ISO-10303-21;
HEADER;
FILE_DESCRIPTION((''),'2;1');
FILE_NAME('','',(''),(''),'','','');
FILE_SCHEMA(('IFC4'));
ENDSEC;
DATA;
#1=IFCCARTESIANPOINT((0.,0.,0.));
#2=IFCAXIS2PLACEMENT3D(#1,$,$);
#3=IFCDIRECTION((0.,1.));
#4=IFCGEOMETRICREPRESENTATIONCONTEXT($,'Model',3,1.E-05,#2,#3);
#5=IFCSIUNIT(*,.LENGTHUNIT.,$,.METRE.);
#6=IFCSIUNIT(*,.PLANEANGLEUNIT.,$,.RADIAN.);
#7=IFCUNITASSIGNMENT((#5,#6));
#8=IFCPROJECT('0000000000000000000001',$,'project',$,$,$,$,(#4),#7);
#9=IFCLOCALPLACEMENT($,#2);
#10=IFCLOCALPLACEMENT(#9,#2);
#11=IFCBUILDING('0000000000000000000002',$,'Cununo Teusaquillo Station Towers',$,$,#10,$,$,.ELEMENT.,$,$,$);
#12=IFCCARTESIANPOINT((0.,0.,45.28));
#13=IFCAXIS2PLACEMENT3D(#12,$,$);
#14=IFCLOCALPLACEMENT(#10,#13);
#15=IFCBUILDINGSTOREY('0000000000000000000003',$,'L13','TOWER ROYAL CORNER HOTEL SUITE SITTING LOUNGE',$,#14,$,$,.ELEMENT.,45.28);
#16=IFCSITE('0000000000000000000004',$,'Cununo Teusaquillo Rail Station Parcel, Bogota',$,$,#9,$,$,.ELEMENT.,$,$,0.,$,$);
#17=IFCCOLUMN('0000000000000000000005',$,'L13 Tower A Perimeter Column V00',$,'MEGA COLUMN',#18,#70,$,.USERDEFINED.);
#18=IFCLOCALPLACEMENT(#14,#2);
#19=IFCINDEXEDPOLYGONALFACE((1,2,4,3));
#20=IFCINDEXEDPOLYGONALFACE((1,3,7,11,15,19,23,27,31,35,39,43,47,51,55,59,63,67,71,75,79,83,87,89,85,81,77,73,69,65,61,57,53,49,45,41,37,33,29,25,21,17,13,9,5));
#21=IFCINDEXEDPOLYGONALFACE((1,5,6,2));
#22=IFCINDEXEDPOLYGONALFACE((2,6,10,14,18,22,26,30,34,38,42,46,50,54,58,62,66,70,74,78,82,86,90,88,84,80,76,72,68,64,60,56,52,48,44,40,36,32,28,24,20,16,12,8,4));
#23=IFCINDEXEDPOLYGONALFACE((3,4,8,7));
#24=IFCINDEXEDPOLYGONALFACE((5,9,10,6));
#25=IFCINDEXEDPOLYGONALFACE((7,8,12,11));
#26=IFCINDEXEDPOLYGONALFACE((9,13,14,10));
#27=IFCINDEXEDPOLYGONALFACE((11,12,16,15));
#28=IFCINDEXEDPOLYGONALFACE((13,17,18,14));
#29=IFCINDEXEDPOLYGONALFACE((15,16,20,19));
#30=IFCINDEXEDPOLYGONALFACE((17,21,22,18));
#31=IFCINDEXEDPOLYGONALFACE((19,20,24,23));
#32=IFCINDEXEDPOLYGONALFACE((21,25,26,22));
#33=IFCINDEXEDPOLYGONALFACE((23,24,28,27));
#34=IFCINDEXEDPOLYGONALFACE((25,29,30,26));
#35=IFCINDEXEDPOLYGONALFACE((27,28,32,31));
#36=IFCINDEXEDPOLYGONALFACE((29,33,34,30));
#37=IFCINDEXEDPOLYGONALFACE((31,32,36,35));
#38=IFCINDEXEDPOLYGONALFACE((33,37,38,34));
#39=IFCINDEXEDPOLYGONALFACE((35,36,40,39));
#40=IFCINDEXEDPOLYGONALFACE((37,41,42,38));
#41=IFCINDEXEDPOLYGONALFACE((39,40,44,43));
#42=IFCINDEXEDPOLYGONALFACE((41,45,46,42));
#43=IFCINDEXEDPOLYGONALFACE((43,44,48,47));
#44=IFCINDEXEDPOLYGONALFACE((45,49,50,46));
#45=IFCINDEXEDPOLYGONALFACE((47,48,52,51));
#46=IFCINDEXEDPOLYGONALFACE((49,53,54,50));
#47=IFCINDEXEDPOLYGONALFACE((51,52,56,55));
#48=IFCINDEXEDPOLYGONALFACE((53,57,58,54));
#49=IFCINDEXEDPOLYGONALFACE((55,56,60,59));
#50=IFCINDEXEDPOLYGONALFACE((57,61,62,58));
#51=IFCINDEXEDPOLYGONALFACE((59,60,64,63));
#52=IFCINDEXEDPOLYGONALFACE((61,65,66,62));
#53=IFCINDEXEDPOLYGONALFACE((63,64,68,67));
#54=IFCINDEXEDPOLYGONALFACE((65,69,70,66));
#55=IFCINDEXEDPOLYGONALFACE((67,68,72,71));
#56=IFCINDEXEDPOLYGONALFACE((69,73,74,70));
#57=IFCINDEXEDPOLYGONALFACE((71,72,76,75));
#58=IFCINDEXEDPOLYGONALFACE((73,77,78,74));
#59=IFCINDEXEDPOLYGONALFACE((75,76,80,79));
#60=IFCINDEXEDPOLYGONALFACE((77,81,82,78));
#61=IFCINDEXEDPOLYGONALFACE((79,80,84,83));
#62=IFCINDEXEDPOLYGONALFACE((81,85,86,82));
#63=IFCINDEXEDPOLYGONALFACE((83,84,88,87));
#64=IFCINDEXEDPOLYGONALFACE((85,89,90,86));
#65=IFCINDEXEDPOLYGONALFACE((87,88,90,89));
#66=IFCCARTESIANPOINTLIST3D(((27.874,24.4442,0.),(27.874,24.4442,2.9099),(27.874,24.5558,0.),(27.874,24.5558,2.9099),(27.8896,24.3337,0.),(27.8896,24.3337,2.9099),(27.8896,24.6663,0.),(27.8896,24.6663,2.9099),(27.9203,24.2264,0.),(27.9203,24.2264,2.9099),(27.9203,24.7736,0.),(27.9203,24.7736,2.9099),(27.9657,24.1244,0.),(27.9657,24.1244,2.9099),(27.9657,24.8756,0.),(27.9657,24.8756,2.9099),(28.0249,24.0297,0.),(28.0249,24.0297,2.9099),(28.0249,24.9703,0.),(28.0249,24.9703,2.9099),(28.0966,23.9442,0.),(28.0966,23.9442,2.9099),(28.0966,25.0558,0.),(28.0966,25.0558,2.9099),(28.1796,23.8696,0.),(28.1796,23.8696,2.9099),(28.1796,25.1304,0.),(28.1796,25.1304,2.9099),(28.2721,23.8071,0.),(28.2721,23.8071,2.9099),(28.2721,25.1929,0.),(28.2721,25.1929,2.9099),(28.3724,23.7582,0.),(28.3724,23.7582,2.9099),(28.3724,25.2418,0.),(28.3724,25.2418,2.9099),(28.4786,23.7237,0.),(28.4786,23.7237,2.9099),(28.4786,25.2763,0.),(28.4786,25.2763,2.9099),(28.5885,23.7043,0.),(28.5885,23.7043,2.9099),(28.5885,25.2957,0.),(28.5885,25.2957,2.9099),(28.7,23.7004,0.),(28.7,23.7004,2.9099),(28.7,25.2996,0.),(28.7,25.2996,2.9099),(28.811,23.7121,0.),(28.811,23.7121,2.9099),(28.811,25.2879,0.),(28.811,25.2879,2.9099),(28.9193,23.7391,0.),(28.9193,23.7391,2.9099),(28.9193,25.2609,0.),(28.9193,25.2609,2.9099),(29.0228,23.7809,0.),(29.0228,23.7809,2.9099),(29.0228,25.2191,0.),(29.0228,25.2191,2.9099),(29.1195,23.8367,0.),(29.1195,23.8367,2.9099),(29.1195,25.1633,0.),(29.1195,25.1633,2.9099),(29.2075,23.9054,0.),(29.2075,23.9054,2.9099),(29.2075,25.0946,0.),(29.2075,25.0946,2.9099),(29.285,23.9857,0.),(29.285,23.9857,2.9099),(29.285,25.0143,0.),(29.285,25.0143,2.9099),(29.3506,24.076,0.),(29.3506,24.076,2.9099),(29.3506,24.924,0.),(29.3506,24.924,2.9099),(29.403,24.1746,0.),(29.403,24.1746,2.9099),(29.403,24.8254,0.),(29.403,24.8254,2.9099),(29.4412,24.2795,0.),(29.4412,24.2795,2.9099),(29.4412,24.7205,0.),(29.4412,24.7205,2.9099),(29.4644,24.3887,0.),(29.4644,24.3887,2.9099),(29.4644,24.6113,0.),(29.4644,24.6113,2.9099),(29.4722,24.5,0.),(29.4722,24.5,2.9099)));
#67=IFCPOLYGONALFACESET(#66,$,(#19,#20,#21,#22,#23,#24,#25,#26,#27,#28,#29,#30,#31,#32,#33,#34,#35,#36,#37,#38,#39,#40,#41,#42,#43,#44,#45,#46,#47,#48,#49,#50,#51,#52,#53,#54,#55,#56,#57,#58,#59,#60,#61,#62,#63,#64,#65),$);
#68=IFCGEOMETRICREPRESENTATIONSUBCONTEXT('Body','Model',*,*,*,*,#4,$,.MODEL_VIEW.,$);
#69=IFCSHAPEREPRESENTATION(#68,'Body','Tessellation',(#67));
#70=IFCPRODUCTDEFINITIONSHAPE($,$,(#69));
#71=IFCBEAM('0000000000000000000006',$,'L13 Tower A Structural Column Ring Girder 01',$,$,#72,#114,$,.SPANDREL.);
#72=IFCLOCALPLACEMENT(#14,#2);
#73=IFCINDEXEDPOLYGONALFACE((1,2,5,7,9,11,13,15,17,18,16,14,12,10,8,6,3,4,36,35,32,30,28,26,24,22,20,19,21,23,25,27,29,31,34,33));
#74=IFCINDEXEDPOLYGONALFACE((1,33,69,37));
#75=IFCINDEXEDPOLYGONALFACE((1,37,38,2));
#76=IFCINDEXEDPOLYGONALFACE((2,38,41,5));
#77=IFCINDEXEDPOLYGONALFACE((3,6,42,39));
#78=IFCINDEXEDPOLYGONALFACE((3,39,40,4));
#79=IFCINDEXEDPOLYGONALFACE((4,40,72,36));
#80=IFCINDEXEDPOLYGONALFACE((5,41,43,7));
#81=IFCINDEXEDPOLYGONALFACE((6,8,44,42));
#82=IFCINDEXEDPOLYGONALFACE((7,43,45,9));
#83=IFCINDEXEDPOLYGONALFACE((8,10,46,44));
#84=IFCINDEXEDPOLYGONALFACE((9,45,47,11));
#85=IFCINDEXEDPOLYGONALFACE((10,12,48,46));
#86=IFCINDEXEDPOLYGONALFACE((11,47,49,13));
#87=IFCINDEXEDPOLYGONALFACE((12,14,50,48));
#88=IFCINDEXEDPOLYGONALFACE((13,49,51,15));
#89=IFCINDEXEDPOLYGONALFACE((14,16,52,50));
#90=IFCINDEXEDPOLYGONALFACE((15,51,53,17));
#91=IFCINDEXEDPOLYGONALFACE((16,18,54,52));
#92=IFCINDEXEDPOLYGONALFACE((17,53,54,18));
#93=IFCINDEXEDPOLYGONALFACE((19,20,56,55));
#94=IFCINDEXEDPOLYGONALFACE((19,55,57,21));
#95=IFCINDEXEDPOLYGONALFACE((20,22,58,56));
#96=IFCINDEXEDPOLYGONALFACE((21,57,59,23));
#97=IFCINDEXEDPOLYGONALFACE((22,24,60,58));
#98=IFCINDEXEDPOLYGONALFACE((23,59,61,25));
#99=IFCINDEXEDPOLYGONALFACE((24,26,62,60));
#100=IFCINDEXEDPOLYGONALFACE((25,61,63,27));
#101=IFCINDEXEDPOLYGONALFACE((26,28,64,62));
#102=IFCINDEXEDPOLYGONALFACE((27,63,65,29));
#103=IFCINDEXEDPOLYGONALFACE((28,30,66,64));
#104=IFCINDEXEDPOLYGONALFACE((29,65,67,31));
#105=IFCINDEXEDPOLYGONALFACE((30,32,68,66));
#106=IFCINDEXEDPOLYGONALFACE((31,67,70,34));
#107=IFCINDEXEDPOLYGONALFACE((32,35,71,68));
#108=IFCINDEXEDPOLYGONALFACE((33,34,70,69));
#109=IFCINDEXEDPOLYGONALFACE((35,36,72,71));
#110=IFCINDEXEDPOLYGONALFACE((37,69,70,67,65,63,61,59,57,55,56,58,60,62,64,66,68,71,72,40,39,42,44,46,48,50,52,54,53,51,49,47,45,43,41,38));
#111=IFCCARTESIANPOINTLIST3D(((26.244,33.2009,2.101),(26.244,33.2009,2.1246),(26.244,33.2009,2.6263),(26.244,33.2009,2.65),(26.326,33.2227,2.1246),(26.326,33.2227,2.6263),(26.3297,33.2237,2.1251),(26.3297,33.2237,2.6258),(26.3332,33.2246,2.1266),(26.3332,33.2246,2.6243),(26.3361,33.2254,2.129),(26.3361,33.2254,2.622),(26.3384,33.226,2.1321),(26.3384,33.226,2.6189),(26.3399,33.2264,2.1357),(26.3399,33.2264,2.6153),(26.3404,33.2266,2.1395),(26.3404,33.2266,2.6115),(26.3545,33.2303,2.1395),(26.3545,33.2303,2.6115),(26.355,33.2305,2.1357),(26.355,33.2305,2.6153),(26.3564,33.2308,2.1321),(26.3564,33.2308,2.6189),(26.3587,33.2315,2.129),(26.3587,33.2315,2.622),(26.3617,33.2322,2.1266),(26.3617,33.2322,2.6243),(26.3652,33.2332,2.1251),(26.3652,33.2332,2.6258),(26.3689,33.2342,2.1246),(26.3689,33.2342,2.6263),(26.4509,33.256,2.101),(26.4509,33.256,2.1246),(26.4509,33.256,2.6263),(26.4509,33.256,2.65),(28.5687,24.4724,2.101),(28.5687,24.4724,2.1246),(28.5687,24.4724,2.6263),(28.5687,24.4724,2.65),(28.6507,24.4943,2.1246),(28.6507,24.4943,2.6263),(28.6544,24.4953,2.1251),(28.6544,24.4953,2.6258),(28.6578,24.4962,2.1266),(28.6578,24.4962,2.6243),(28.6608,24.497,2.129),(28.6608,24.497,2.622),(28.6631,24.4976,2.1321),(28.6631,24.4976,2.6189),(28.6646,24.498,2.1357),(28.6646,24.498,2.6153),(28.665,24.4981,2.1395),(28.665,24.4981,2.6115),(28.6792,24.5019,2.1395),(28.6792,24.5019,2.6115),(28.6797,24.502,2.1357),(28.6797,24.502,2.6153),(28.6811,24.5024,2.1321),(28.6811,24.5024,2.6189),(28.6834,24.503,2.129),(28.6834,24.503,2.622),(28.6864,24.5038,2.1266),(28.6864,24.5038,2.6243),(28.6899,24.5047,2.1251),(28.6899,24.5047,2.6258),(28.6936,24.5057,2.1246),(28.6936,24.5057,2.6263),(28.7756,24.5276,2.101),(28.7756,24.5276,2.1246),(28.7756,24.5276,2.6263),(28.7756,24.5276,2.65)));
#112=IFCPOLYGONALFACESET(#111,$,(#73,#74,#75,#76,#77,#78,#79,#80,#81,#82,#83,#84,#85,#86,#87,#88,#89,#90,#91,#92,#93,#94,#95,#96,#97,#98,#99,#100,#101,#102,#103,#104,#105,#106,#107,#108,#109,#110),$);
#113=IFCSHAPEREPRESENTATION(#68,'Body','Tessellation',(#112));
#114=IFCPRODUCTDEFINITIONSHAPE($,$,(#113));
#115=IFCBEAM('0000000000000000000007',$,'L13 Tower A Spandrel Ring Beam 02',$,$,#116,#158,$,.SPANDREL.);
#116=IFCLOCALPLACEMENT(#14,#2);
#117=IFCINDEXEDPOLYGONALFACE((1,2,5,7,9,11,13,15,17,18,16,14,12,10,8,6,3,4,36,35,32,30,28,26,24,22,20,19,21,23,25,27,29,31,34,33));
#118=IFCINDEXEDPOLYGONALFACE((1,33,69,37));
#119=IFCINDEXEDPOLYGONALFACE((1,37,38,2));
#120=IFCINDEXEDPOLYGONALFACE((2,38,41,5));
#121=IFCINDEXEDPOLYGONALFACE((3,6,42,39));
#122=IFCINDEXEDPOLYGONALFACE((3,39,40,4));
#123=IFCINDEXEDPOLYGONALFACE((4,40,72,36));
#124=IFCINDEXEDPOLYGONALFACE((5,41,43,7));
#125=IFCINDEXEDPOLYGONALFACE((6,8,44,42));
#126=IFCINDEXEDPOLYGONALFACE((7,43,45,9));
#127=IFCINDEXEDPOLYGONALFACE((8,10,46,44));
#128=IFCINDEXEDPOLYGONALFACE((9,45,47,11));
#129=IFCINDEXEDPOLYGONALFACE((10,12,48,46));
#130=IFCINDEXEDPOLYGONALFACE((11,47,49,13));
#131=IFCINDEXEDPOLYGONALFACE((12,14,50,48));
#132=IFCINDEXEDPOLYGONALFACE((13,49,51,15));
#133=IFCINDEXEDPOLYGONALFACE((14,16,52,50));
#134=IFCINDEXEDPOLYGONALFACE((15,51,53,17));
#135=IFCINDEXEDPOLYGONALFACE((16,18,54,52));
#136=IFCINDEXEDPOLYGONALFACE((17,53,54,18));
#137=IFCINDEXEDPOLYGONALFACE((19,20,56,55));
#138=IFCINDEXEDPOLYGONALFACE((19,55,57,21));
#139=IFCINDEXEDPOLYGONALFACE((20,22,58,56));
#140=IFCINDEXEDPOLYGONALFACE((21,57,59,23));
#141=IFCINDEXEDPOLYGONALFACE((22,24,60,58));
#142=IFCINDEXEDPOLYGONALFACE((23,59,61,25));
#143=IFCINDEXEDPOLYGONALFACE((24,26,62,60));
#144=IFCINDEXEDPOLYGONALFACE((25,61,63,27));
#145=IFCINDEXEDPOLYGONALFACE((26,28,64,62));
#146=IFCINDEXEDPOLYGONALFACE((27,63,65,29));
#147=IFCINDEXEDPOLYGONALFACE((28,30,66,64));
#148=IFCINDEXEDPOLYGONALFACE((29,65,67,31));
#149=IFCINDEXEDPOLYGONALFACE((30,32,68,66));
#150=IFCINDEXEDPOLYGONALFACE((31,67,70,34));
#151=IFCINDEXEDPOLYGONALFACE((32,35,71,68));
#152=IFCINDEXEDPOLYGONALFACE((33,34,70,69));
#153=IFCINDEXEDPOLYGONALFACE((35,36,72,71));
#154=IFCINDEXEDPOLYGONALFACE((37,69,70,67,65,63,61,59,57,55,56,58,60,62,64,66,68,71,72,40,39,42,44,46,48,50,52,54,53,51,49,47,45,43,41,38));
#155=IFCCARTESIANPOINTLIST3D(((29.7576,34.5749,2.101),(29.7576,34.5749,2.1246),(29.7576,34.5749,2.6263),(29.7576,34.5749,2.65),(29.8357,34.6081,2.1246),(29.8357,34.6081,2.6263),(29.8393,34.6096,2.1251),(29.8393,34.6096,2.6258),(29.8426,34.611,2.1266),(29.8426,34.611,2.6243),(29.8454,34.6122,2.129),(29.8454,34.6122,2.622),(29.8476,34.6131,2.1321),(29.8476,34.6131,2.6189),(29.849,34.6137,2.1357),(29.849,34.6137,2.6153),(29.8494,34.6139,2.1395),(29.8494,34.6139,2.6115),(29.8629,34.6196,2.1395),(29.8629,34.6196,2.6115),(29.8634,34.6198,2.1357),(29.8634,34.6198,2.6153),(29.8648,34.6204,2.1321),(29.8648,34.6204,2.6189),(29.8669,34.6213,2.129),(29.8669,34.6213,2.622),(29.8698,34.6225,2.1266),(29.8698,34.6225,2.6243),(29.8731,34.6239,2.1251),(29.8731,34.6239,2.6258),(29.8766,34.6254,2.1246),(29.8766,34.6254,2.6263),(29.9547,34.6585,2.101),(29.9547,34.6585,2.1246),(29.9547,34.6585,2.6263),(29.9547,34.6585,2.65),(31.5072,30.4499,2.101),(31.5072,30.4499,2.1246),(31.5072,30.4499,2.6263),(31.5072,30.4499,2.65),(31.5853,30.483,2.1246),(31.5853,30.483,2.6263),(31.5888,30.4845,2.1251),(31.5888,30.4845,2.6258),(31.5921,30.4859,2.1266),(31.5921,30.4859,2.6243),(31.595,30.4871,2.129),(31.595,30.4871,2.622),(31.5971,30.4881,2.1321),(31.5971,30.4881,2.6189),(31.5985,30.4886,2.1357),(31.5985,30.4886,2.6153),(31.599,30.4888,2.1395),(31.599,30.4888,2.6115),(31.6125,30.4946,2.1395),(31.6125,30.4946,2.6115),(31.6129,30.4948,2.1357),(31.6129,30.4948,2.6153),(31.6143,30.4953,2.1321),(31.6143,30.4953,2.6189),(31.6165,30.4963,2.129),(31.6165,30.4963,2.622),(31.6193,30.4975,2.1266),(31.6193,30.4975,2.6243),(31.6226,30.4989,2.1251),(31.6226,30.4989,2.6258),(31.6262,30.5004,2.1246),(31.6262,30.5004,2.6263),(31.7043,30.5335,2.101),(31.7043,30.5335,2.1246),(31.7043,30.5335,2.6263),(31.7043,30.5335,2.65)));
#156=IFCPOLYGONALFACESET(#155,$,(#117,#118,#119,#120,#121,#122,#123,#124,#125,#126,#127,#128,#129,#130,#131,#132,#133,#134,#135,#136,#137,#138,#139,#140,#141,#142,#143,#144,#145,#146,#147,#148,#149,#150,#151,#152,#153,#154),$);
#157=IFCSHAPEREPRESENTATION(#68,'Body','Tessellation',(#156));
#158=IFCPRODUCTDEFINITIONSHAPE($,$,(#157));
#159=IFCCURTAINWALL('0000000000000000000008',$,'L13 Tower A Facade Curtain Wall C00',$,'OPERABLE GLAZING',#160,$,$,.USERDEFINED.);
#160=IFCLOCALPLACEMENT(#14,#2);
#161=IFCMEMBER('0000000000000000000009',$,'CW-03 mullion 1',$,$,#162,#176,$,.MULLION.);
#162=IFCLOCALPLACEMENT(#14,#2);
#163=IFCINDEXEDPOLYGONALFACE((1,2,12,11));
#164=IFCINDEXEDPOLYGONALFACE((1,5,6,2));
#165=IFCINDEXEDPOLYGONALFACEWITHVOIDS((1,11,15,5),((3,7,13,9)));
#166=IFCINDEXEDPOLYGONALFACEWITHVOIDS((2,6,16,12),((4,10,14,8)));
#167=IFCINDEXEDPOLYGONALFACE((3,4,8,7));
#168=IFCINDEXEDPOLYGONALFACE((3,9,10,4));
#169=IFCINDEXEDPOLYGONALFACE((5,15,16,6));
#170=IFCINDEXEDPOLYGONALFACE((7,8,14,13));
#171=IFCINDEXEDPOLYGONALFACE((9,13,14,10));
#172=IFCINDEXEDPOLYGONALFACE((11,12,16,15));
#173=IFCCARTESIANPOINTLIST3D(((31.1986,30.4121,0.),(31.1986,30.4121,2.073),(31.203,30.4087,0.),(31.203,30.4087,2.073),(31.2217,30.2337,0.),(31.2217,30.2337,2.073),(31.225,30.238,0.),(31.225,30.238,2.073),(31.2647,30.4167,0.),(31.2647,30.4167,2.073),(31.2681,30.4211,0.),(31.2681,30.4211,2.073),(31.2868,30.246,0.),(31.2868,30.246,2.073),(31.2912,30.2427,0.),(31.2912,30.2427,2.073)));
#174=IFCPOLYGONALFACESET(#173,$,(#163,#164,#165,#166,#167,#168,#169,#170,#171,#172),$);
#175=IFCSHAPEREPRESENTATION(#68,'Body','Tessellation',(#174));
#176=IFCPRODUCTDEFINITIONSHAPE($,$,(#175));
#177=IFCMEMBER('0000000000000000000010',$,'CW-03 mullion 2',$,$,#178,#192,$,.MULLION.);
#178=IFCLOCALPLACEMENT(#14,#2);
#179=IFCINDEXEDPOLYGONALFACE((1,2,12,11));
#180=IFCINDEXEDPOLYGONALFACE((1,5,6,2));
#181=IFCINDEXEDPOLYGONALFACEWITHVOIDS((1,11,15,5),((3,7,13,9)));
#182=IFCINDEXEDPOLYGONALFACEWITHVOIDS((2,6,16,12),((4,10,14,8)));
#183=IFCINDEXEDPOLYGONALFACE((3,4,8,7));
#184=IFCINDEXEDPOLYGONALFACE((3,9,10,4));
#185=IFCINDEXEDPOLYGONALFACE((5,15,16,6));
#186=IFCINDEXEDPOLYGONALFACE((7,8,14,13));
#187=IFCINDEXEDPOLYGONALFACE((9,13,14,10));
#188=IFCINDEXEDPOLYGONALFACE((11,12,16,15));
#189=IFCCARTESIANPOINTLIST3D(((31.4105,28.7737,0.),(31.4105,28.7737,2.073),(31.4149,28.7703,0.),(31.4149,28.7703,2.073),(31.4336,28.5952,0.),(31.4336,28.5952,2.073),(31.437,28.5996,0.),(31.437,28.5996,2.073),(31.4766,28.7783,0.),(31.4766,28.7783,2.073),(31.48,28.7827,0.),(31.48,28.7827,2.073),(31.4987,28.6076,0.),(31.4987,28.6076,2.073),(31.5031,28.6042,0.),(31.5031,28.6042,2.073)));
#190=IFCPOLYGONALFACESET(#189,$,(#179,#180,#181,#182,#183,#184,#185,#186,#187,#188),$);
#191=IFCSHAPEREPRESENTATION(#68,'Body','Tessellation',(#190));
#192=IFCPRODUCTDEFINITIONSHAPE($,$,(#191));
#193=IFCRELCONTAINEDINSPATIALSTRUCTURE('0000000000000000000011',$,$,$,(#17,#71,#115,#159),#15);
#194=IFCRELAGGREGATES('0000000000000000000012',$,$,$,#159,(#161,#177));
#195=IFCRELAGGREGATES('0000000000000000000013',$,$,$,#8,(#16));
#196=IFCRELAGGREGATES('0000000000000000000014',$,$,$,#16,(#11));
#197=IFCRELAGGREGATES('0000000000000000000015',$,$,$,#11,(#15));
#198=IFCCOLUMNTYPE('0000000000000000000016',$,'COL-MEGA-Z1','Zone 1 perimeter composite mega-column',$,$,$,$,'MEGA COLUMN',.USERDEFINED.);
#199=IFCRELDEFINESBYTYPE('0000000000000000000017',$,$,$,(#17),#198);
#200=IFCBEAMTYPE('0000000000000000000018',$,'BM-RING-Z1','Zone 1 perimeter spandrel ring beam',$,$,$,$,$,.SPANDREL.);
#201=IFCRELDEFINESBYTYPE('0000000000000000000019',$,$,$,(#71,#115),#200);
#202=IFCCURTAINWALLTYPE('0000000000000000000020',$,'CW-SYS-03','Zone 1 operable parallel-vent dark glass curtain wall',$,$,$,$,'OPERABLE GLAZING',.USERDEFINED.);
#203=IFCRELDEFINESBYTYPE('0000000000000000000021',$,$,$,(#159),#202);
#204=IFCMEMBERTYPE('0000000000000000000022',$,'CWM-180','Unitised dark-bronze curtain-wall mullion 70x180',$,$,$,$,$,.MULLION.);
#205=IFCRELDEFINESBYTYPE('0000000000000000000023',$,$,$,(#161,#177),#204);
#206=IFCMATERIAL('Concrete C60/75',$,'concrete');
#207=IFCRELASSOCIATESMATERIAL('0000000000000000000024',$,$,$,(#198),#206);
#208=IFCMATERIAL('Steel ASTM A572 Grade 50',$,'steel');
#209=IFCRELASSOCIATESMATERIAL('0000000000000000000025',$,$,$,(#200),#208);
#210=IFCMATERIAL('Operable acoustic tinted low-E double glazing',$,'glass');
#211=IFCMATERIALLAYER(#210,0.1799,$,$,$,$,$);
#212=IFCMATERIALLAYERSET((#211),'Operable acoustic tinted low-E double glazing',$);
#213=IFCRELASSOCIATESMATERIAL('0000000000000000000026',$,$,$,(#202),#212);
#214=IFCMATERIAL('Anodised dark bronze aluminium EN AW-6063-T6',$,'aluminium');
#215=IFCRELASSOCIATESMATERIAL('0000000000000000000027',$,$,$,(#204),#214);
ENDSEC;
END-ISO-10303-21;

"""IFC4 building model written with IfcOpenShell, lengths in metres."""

from ifc_helpers import new_model, si_unit, direction, frame, origin, origin_2d, place, context, subcontext, project, spatial, hollow_rectangle, circle, i_section, extrude, material, layer, layer_set, material_profile, profile_set, type_object, element, aggregate, save


model = new_model("IFC4")

# Units and contexts
model_context = context("Model", 3, precision=1e-05, world=origin(), true_north=direction((0.0, 1.0)))
body_context = subcontext(model_context, "Body", "Model", "MODEL_VIEW")
ifc_project = project(units=[si_unit("LENGTHUNIT", "METRE"), si_unit("PLANEANGLEUNIT", "RADIAN")], contexts=[model_context])

# Site, building, storey
site_placement = place(None, origin())
site = spatial("IfcSite", under=ifc_project, at=site_placement, Name="Cununo Teusaquillo Rail Station Parcel, Bogota", CompositionType="ELEMENT", RefElevation=0.0)
building_placement = place(site_placement, origin())
building = spatial("IfcBuilding", under=site, at=building_placement, Name="Cununo Teusaquillo Station Towers", CompositionType="ELEMENT")
storey_placement = place(building_placement, frame((0.0, 0.0, 45.28)))
storey = spatial("IfcBuildingStorey", under=building, at=storey_placement, Name="L13", Description="TOWER ROYAL CORNER HOTEL SUITE SITTING LOUNGE", CompositionType="ELEMENT", Elevation=45.28)

# Column
ifc_material_1 = material(Name="Concrete C60/75", Category="concrete")
ifc_material_profile_1 = material_profile(ifc_material_1, circle(Radius=0.8, at=origin_2d()), Name="RC-CIRC-1600")
ifc_profile_set_1 = profile_set([ifc_material_profile_1], Name="Concrete C60/75")
column_type = type_object("IfcColumnType", Name="COL-MEGA-Z1", Description="Zone 1 perimeter composite mega-column", ElementType="MEGA COLUMN", PredefinedType="USERDEFINED", material=ifc_profile_set_1)
column_placement = place(storey_placement, frame((28.6721, 24.5, 0.0), z_axis=(0.0, 0.0, 1.0), x_axis=(1.0, 0.0, 0.0)))
element("IfcColumn", 1, at=column_placement, inside=storey, type_object=column_type, Name="L13 Tower A Perimeter Column V00", ObjectType="MEGA COLUMN", PredefinedType="USERDEFINED", context=body_context, shape_type="SweptSolid", body=[
    extrude(circle(Radius=0.8, at=origin_2d()), origin(), (0.0, 0.0, 1.0), 2.9099),
])

# Beams
ifc_material_2 = material(Name="Steel ASTM A572 Grade 50", Category="steel")
ifc_material_profile_2 = material_profile(ifc_material_2, i_section(OverallWidth=0.2141, OverallDepth=0.5491, WebThickness=0.0146, FlangeThickness=0.0237, FilletRadius=0.0149, at=origin_2d()), Name="W21X93")
ifc_profile_set_2 = profile_set([ifc_material_profile_2], Name="Steel ASTM A572 Grade 50")
beam_type = type_object("IfcBeamType", Name="BM-RING-Z1", Description="Zone 1 perimeter spandrel ring beam", PredefinedType="SPANDREL", material=ifc_profile_set_2)
beam_1_placement = place(storey_placement, frame((28.6721, 24.5, 2.3755), z_axis=(-0.257363, 0.966315, 0.0), x_axis=(-0.966315, -0.257363, 0.0)))
element("IfcBeam", 2, at=beam_1_placement, inside=storey, type_object=beam_type, Name="L13 Tower A Structural Column Ring Girder 01", PredefinedType="SPANDREL", context=body_context, shape_type="SweptSolid", body=[
    extrude(i_section(OverallWidth=0.2141, OverallDepth=0.5491, WebThickness=0.0146, FlangeThickness=0.0237, FilletRadius=0.0149, at=origin_2d()), origin(), (0.0, 0.0, 1.0), 9.0327),
])
beam_2_placement = place(storey_placement, frame((31.6057, 30.4917, 2.3755), z_axis=(-0.390457, 0.920621, 0.0), x_axis=(-0.920621, -0.390457, 0.0)))
element("IfcBeam", 3, at=beam_2_placement, inside=storey, type_object=beam_type, Name="L13 Tower A Spandrel Ring Beam 02", PredefinedType="SPANDREL", context=body_context, shape_type="SweptSolid", body=[
    extrude(i_section(OverallWidth=0.2141, OverallDepth=0.5491, WebThickness=0.0146, FlangeThickness=0.0237, FilletRadius=0.0149, at=origin_2d()), origin(), (0.0, 0.0, 1.0), 4.4807),
])

# Curtain wall, members
ifc_material_3 = material(Name="Operable acoustic tinted low-E double glazing", Category="glass")
ifc_layer_1 = layer(ifc_material_3, 0.1799)
ifc_layer_set_1 = layer_set([ifc_layer_1], Name="Operable acoustic tinted low-E double glazing")
curtain_wall_type = type_object("IfcCurtainWallType", Name="CW-SYS-03", Description="Zone 1 operable parallel-vent dark glass curtain wall", ElementType="OPERABLE GLAZING", PredefinedType="USERDEFINED", material=ifc_layer_set_1)
curtain_wall_placement = place(storey_placement, origin())
curtain_wall = element("IfcCurtainWall", 4, at=curtain_wall_placement, inside=storey, type_object=curtain_wall_type, Name="L13 Tower A Facade Curtain Wall C00", ObjectType="OPERABLE GLAZING", PredefinedType="USERDEFINED")
ifc_material_4 = material(Name="Anodised dark bronze aluminium EN AW-6063-T6", Category="aluminium")
ifc_material_profile_3 = material_profile(ifc_material_4, hollow_rectangle(XDim=0.0701, YDim=0.1799, WallThickness=0.0039, at=origin_2d()), Name="CW-MULL-70x180")
ifc_profile_set_3 = profile_set([ifc_material_profile_3], Name="Anodised dark bronze aluminium EN AW-6063-T6")
member_type_1 = type_object("IfcMemberType", Name="CWM-180", Description="Unitised dark-bronze curtain-wall mullion 70x180", PredefinedType="MULLION", material=ifc_profile_set_3)
member_1_placement = place(storey_placement, frame((31.2449, 30.3274, 0.0), z_axis=(0.0, 0.0, 1.0), x_axis=(0.991731, 0.128336, 0.0)))
member_1 = element("IfcMember", 5, at=member_1_placement, type_object=member_type_1, Name="CW-03 mullion 1", PredefinedType="MULLION", context=body_context, shape_type="SweptSolid", body=[
    extrude(hollow_rectangle(XDim=0.0701, YDim=0.1799, WallThickness=0.0039, at=origin_2d()), origin(), (0.0, 0.0, 1.0), 2.073),
])
member_2_placement = place(storey_placement, frame((31.4568, 28.689, 0.0), z_axis=(0.0, 0.0, 1.0), x_axis=(0.991731, 0.128336, 0.0)))
member_2 = element("IfcMember", 6, at=member_2_placement, type_object=member_type_1, Name="CW-03 mullion 2", PredefinedType="MULLION", context=body_context, shape_type="SweptSolid", body=[
    extrude(hollow_rectangle(XDim=0.0701, YDim=0.1799, WallThickness=0.0039, at=origin_2d()), origin(), (0.0, 0.0, 1.0), 2.073),
])
aggregate(curtain_wall, [member_1, member_2])

save(model, "model.ifc")
